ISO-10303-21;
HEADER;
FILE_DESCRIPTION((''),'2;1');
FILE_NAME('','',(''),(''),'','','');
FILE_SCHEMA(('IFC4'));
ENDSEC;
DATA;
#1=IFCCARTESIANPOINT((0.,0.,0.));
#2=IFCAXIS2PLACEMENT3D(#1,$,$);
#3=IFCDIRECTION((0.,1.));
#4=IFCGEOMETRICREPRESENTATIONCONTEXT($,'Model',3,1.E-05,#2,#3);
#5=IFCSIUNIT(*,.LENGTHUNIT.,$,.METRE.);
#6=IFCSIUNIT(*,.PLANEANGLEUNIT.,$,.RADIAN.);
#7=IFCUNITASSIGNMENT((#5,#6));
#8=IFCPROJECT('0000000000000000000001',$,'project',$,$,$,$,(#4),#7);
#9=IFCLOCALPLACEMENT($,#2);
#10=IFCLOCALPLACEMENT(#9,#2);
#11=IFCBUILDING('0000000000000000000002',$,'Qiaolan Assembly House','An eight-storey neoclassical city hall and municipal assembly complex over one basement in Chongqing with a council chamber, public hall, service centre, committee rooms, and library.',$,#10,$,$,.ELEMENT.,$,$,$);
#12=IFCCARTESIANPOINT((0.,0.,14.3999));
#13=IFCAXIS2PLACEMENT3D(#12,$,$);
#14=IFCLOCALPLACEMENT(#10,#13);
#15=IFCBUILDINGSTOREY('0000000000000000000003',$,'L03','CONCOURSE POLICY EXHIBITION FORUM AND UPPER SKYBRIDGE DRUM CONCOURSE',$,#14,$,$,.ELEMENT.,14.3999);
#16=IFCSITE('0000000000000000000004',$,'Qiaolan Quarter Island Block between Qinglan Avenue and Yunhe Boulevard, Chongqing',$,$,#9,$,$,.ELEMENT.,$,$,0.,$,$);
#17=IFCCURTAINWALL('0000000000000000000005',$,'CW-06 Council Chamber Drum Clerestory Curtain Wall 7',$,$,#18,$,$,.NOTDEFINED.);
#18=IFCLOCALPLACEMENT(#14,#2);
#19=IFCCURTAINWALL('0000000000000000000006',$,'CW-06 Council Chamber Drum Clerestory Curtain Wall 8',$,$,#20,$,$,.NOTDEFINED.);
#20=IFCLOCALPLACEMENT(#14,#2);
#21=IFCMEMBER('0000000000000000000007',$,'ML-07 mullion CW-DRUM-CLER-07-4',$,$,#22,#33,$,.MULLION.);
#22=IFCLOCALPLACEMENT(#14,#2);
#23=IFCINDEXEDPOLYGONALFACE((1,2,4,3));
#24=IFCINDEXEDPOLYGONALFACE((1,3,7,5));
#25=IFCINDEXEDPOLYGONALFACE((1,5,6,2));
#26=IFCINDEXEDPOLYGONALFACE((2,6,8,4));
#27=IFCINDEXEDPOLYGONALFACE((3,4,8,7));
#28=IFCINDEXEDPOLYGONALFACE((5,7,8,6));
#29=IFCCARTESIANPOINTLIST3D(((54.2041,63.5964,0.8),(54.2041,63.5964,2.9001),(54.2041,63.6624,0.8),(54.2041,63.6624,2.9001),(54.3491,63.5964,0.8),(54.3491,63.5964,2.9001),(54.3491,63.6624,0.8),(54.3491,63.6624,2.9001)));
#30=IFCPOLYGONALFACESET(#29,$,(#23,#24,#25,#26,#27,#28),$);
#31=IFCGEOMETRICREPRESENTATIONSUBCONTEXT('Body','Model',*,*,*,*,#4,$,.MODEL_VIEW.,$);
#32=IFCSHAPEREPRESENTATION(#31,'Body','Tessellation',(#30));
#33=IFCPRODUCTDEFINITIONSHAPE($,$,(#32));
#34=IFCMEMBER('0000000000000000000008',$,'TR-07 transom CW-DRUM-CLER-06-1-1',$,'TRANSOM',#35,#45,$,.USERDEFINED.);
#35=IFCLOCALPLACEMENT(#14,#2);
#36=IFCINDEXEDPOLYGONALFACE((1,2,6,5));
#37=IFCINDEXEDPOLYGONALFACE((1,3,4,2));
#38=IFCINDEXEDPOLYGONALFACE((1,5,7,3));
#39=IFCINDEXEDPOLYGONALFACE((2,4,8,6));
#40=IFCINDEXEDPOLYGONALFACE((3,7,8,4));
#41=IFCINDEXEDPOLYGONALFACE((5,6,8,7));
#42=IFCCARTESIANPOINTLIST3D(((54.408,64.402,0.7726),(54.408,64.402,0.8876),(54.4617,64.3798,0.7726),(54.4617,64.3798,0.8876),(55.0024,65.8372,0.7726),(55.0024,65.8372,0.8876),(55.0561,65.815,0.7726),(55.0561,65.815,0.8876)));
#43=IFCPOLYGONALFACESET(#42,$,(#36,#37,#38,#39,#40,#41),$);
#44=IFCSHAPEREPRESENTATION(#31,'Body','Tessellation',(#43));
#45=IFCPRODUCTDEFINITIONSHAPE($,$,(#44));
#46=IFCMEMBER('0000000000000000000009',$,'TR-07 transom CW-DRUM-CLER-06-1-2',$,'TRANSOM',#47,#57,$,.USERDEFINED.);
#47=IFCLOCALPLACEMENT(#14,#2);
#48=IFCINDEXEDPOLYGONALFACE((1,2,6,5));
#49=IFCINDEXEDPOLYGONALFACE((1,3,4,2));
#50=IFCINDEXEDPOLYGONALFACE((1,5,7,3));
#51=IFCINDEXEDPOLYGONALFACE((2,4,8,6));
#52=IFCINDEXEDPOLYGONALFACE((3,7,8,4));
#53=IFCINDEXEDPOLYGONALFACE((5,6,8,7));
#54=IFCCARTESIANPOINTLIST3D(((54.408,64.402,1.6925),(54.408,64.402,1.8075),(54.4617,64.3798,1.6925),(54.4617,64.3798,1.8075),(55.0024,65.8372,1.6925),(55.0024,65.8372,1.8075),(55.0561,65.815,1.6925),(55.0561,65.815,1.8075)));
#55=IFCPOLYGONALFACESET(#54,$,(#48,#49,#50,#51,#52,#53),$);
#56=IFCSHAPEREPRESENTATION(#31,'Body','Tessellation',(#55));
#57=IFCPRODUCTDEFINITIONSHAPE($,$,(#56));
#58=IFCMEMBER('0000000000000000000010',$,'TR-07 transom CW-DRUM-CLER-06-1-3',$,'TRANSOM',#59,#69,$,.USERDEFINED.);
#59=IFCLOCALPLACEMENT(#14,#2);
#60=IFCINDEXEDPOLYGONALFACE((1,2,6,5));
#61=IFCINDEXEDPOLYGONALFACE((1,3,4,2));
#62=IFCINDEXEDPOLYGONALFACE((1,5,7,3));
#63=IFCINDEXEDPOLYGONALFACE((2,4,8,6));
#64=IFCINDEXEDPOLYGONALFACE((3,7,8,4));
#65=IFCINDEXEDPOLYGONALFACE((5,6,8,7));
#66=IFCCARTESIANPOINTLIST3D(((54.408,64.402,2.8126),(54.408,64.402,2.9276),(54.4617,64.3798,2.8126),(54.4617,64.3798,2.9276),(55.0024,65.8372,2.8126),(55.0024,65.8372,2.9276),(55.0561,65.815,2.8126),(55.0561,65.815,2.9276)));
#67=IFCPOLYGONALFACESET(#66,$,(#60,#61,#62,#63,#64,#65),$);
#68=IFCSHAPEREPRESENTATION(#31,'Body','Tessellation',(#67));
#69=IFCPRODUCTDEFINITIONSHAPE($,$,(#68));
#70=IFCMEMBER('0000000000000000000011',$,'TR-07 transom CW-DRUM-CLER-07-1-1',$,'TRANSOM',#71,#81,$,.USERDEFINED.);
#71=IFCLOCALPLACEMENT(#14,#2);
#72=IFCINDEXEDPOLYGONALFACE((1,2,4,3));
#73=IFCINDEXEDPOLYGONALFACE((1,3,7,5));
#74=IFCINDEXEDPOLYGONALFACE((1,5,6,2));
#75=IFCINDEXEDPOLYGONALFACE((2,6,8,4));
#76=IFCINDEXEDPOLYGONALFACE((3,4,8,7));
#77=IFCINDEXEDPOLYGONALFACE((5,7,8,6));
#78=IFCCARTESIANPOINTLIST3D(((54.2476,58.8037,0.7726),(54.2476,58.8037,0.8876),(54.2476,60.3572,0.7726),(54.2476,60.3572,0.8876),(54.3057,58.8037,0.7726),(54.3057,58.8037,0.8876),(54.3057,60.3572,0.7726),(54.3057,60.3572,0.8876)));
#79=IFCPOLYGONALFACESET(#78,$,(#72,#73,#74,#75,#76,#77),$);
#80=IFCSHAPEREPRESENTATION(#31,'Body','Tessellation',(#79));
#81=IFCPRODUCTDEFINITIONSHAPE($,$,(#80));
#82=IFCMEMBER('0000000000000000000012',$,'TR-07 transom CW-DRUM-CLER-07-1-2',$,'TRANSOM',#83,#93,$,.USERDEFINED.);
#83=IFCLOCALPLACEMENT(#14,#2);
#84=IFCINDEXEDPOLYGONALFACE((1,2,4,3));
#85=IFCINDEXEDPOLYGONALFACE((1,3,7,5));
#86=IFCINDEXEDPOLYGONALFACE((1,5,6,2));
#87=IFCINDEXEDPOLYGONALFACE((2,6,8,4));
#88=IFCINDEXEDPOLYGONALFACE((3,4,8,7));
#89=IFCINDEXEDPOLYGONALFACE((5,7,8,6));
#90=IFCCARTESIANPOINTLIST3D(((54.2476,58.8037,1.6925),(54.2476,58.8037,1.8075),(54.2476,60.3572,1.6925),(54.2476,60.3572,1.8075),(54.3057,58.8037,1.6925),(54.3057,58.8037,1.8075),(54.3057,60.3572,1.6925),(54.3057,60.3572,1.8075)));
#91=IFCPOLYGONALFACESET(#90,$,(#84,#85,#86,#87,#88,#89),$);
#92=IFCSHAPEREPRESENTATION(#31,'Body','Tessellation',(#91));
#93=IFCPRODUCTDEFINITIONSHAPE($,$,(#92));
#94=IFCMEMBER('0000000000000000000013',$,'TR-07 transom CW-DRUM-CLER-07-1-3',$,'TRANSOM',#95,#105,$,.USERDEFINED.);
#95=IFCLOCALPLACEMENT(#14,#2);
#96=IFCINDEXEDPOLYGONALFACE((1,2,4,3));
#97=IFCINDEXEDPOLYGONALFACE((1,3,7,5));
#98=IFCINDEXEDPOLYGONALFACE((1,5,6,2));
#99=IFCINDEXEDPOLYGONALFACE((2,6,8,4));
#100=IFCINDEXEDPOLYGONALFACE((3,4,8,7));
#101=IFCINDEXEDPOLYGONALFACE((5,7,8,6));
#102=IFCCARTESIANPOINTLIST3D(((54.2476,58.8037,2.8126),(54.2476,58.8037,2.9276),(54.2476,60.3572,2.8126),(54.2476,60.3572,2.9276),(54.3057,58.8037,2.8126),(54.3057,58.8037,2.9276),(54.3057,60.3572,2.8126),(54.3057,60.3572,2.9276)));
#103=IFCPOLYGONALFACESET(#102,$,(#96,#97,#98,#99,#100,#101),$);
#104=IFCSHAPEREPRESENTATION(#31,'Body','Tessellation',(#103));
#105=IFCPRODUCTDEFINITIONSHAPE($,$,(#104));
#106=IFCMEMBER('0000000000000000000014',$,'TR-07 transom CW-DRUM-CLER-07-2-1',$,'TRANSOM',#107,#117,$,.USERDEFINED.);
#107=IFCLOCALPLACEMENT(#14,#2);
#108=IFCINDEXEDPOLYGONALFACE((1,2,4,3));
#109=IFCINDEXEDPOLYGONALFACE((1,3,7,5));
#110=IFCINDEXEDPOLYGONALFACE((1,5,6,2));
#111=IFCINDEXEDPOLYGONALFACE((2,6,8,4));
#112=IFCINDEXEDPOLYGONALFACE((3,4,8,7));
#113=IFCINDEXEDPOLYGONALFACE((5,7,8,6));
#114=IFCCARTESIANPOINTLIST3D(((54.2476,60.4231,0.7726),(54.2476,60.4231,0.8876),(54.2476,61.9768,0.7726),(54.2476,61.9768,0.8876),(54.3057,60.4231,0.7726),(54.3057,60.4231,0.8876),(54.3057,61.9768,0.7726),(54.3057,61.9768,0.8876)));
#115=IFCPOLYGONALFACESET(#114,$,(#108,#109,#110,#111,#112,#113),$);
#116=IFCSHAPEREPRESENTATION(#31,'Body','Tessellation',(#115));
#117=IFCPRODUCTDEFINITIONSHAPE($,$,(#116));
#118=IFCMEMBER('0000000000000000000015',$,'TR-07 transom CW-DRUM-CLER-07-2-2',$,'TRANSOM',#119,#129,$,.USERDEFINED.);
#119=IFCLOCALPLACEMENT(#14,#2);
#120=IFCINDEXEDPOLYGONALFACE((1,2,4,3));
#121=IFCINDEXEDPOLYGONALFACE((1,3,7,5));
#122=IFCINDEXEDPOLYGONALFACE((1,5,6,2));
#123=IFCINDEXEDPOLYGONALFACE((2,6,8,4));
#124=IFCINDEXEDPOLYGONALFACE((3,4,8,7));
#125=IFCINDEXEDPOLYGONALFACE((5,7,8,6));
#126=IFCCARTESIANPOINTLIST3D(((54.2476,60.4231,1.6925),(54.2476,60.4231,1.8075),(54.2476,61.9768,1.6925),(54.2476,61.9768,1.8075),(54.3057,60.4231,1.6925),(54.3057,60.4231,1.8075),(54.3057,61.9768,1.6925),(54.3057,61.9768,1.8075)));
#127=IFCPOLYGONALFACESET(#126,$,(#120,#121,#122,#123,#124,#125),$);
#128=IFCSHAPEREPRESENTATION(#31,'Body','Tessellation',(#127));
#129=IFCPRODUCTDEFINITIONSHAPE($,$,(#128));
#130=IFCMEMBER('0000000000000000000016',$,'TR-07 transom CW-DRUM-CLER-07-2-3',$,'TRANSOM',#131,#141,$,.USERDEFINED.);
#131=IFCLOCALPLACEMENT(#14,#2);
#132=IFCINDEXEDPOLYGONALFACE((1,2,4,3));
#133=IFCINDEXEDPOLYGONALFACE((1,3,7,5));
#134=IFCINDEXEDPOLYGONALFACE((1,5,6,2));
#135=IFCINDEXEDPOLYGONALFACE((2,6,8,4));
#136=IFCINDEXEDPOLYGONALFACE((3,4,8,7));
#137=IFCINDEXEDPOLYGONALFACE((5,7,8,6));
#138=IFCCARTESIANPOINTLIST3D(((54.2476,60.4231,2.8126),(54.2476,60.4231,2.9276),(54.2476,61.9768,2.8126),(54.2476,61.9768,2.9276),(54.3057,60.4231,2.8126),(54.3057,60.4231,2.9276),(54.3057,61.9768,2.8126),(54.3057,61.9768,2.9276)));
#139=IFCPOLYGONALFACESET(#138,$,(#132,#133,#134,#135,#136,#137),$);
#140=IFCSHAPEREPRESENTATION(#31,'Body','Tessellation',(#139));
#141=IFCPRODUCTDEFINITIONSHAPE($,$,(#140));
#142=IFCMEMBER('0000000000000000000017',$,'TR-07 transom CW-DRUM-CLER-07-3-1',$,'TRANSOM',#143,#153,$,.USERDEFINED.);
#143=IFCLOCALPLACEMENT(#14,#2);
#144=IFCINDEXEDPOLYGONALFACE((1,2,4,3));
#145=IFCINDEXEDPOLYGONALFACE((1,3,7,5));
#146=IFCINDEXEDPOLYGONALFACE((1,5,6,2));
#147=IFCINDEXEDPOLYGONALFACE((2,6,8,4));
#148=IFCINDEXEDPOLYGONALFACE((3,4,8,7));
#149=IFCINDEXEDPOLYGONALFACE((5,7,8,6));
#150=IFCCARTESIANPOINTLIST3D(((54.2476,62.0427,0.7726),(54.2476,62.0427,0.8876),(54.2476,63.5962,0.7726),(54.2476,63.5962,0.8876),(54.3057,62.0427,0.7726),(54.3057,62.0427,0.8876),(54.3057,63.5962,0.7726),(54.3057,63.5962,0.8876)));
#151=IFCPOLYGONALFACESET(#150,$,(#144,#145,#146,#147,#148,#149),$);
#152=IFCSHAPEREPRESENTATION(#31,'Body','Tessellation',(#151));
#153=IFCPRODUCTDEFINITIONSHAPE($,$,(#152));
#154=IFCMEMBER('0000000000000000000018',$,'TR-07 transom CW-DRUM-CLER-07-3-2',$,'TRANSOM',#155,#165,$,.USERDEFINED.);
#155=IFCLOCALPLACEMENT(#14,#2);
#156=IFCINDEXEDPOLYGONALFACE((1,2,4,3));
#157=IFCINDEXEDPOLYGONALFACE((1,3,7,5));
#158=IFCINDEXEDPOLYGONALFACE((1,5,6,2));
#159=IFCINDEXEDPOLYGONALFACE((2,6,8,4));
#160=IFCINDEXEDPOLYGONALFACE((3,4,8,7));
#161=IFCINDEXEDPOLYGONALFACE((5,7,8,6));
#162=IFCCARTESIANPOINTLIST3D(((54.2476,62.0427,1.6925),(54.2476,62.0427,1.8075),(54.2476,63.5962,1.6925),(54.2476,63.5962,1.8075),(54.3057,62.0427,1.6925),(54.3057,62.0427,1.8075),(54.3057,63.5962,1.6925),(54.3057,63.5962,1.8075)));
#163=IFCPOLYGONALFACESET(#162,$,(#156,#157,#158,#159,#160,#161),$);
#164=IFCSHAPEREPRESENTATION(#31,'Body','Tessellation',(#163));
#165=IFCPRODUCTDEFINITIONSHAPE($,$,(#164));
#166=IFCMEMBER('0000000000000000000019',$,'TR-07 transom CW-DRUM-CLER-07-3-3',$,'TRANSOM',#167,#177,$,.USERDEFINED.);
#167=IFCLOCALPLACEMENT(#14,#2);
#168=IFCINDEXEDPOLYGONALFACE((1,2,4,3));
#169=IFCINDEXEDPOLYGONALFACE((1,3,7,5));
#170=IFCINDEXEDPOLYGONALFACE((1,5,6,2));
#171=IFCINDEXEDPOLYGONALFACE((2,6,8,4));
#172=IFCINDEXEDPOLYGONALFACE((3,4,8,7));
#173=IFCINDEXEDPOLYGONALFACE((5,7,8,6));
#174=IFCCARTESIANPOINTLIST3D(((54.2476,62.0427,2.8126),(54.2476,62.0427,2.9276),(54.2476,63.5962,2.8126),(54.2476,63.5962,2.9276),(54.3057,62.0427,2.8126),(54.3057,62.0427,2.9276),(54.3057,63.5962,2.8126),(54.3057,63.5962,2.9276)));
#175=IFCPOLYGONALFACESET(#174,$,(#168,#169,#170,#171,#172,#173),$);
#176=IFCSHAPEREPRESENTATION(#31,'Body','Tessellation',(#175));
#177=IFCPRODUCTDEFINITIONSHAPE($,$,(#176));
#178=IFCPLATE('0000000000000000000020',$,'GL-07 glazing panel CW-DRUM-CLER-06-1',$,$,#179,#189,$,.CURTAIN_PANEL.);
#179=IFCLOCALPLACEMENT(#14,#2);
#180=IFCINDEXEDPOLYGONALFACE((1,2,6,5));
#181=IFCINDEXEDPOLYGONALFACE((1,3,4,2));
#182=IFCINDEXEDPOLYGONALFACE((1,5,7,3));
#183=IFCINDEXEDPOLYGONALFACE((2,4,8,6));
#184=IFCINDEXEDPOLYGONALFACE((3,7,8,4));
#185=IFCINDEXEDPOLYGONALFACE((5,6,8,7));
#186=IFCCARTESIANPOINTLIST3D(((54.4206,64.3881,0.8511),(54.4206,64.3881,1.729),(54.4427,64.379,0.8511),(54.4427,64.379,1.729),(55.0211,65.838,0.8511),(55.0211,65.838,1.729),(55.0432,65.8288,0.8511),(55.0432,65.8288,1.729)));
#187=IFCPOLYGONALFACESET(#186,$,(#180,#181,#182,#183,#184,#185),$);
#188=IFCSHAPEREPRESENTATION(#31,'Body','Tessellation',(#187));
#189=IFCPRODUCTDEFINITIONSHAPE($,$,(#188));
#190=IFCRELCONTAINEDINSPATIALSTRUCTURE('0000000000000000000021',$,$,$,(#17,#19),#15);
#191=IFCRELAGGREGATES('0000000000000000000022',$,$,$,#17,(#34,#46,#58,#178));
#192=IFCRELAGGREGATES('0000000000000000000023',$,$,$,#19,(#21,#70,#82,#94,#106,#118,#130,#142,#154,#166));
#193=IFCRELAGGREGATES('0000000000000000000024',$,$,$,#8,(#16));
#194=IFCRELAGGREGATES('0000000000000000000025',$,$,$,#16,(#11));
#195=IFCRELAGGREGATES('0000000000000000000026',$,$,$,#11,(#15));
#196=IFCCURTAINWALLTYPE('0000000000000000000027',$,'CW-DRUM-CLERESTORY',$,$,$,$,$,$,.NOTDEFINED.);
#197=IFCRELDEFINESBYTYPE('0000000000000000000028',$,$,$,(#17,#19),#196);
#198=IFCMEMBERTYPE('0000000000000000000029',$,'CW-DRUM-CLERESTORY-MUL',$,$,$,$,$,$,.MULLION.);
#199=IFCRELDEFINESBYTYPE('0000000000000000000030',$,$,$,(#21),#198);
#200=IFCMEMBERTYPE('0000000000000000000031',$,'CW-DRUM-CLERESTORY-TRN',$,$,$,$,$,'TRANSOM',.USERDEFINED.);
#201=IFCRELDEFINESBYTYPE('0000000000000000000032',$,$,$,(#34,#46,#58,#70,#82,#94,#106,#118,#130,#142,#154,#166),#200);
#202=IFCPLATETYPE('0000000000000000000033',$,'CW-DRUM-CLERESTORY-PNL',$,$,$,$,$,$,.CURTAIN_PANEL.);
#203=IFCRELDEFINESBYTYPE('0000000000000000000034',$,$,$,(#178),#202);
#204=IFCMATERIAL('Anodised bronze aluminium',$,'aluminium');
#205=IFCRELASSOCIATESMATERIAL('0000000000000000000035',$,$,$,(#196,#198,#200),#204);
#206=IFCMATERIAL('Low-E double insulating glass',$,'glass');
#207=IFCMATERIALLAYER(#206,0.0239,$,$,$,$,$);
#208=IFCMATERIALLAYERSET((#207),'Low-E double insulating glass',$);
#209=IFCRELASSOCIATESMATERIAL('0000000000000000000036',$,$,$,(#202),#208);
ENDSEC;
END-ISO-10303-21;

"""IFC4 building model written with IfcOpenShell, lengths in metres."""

from ifc_helpers import new_model, si_unit, direction, frame, frame_2d, origin, origin_2d, place, context, subcontext, project, spatial, rectangle, extrude, material, layer, layer_set, material_profile, profile_set, type_object, element, aggregate, save


model = new_model("IFC4")

# Units and contexts
model_context = context("Model", 3, precision=1e-05, world=origin(), true_north=direction((0.0, 1.0)))
body_context = subcontext(model_context, "Body", "Model", "MODEL_VIEW")
ifc_project = project(units=[si_unit("LENGTHUNIT", "METRE"), si_unit("PLANEANGLEUNIT", "RADIAN")], contexts=[model_context])

# Site, building, storey
site_placement = place(None, origin())
site = spatial("IfcSite", under=ifc_project, at=site_placement, Name="Qiaolan Quarter Island Block between Qinglan Avenue and Yunhe Boulevard, Chongqing", CompositionType="ELEMENT", RefElevation=0.0)
building_placement = place(site_placement, origin())
building = spatial("IfcBuilding", under=site, at=building_placement, Name="Qiaolan Assembly House", Description="An eight-storey neoclassical city hall and municipal assembly complex over one basement in Chongqing with a council chamber, public hall, service centre, committee rooms, and library.", CompositionType="ELEMENT")
storey_placement = place(building_placement, frame((0.0, 0.0, 14.3999)))
storey = spatial("IfcBuildingStorey", under=building, at=storey_placement, Name="L03", Description="CONCOURSE POLICY EXHIBITION FORUM AND UPPER SKYBRIDGE DRUM CONCOURSE", CompositionType="ELEMENT", Elevation=14.3999)

# Curtain wall
ifc_material_1 = material(Name="Anodised bronze aluminium", Category="aluminium")
curtain_wall_type = type_object("IfcCurtainWallType", Name="CW-DRUM-CLERESTORY", PredefinedType="NOTDEFINED", material=ifc_material_1)
curtain_wall_1_placement = place(storey_placement, origin())
curtain_wall_1 = element("IfcCurtainWall", 1, at=curtain_wall_1_placement, inside=storey, type_object=curtain_wall_type, Name="CW-06 Council Chamber Drum Clerestory Curtain Wall 7", PredefinedType="NOTDEFINED")
ifc_material_profile_1 = material_profile(ifc_material_1, rectangle(XDim=0.0659, YDim=0.145, at=origin_2d()), Name="MUL 66x145")
ifc_profile_set_1 = profile_set([ifc_material_profile_1], Name="Anodised bronze aluminium")
member_type_1 = type_object("IfcMemberType", Name="CW-DRUM-CLERESTORY-MUL", PredefinedType="MULLION", material=ifc_profile_set_1)

# Curtain wall, member
curtain_wall_2_placement = place(storey_placement, origin())
curtain_wall_2 = element("IfcCurtainWall", 2, at=curtain_wall_2_placement, inside=storey, type_object=curtain_wall_type, Name="CW-06 Council Chamber Drum Clerestory Curtain Wall 8", PredefinedType="NOTDEFINED")
member_1_placement = place(storey_placement, frame((54.2766, 63.6294, 0.8), z_axis=(0.0, 0.0, 1.0), x_axis=(0.0, 1.0, 0.0)))
member_1 = element("IfcMember", 3, at=member_1_placement, type_object=member_type_1, Name="ML-07 mullion CW-DRUM-CLER-07-4", PredefinedType="MULLION", context=body_context, shape_type="SweptSolid", body=[
    extrude(rectangle(XDim=0.0659, YDim=0.145, at=origin_2d()), origin(), (0.0, 0.0, 1.0), 2.1001),
])

# Members
ifc_material_profile_2 = material_profile(ifc_material_1, rectangle(XDim=0.0581, YDim=0.115, at=origin_2d()), Name="TRN 58x115")
ifc_profile_set_2 = profile_set([ifc_material_profile_2], Name="Anodised bronze aluminium")
member_type_2 = type_object("IfcMemberType", Name="CW-DRUM-CLERESTORY-TRN", ElementType="TRANSOM", PredefinedType="USERDEFINED", material=ifc_profile_set_2)
member_2_placement = place(storey_placement, frame((54.4348, 64.3909, 0.8301), z_axis=(0.382662, 0.923889, 0.0), x_axis=(-0.923889, 0.382662, 0.0)))
member_2 = element("IfcMember", 4, at=member_2_placement, type_object=member_type_2, Name="TR-07 transom CW-DRUM-CLER-06-1-1", ObjectType="TRANSOM", PredefinedType="USERDEFINED", context=body_context, shape_type="SweptSolid", body=[
    extrude(rectangle(XDim=0.0581, YDim=0.115, at=origin_2d()), origin(), (0.0, 0.0, 1.0), 1.5535),
])
member_3_placement = place(storey_placement, frame((54.4348, 64.3909, 1.75), z_axis=(0.382662, 0.923889, 0.0), x_axis=(-0.923889, 0.382662, 0.0)))
member_3 = element("IfcMember", 5, at=member_3_placement, type_object=member_type_2, Name="TR-07 transom CW-DRUM-CLER-06-1-2", ObjectType="TRANSOM", PredefinedType="USERDEFINED", context=body_context, shape_type="SweptSolid", body=[
    extrude(rectangle(XDim=0.0581, YDim=0.115, at=origin_2d()), origin(), (0.0, 0.0, 1.0), 1.5535),
])
member_4_placement = place(storey_placement, frame((54.4348, 64.3909, 2.8701), z_axis=(0.382662, 0.923889, 0.0), x_axis=(-0.923889, 0.382662, 0.0)))
member_4 = element("IfcMember", 6, at=member_4_placement, type_object=member_type_2, Name="TR-07 transom CW-DRUM-CLER-06-1-3", ObjectType="TRANSOM", PredefinedType="USERDEFINED", context=body_context, shape_type="SweptSolid", body=[
    extrude(rectangle(XDim=0.0581, YDim=0.115, at=origin_2d()), origin(), (0.0, 0.0, 1.0), 1.5535),
])
member_5_placement = place(storey_placement, frame((54.2766, 58.8037, 0.8301), z_axis=(0.0, 1.0, 0.0), x_axis=(-1.0, 0.0, 0.0)))
member_5 = element("IfcMember", 7, at=member_5_placement, type_object=member_type_2, Name="TR-07 transom CW-DRUM-CLER-07-1-1", ObjectType="TRANSOM", PredefinedType="USERDEFINED", context=body_context, shape_type="SweptSolid", body=[
    extrude(rectangle(XDim=0.0581, YDim=0.115, at=origin_2d()), origin(), (0.0, 0.0, 1.0), 1.5535),
])
member_6_placement = place(storey_placement, frame((54.2766, 58.8037, 1.75), z_axis=(0.0, 1.0, 0.0), x_axis=(-1.0, 0.0, 0.0)))
member_6 = element("IfcMember", 8, at=member_6_placement, type_object=member_type_2, Name="TR-07 transom CW-DRUM-CLER-07-1-2", ObjectType="TRANSOM", PredefinedType="USERDEFINED", context=body_context, shape_type="SweptSolid", body=[
    extrude(rectangle(XDim=0.0581, YDim=0.115, at=origin_2d()), origin(), (0.0, 0.0, 1.0), 1.5535),
])
member_7_placement = place(storey_placement, frame((54.2766, 58.8037, 2.8701), z_axis=(0.0, 1.0, 0.0), x_axis=(-1.0, 0.0, 0.0)))
member_7 = element("IfcMember", 9, at=member_7_placement, type_object=member_type_2, Name="TR-07 transom CW-DRUM-CLER-07-1-3", ObjectType="TRANSOM", PredefinedType="USERDEFINED", context=body_context, shape_type="SweptSolid", body=[
    extrude(rectangle(XDim=0.0581, YDim=0.115, at=origin_2d()), origin(), (0.0, 0.0, 1.0), 1.5535),
])
member_8_placement = place(storey_placement, frame((54.2766, 60.4231, 0.8301), z_axis=(0.0, 1.0, 0.0), x_axis=(-1.0, 0.0, 0.0)))
member_8 = element("IfcMember", 10, at=member_8_placement, type_object=member_type_2, Name="TR-07 transom CW-DRUM-CLER-07-2-1", ObjectType="TRANSOM", PredefinedType="USERDEFINED", context=body_context, shape_type="SweptSolid", body=[
    extrude(rectangle(XDim=0.0581, YDim=0.115, at=origin_2d()), origin(), (0.0, 0.0, 1.0), 1.5537),
])
member_9_placement = place(storey_placement, frame((54.2766, 60.4231, 1.75), z_axis=(0.0, 1.0, 0.0), x_axis=(-1.0, 0.0, 0.0)))
member_9 = element("IfcMember", 11, at=member_9_placement, type_object=member_type_2, Name="TR-07 transom CW-DRUM-CLER-07-2-2", ObjectType="TRANSOM", PredefinedType="USERDEFINED", context=body_context, shape_type="SweptSolid", body=[
    extrude(rectangle(XDim=0.0581, YDim=0.115, at=origin_2d()), origin(), (0.0, 0.0, 1.0), 1.5537),
])
member_10_placement = place(storey_placement, frame((54.2766, 60.4231, 2.8701), z_axis=(0.0, 1.0, 0.0), x_axis=(-1.0, 0.0, 0.0)))
member_10 = element("IfcMember", 12, at=member_10_placement, type_object=member_type_2, Name="TR-07 transom CW-DRUM-CLER-07-2-3", ObjectType="TRANSOM", PredefinedType="USERDEFINED", context=body_context, shape_type="SweptSolid", body=[
    extrude(rectangle(XDim=0.0581, YDim=0.115, at=origin_2d()), origin(), (0.0, 0.0, 1.0), 1.5537),
])
member_11_placement = place(storey_placement, frame((54.2766, 62.0427, 0.8301), z_axis=(0.0, 1.0, 0.0), x_axis=(-1.0, 0.0, 0.0)))
member_11 = element("IfcMember", 13, at=member_11_placement, type_object=member_type_2, Name="TR-07 transom CW-DRUM-CLER-07-3-1", ObjectType="TRANSOM", PredefinedType="USERDEFINED", context=body_context, shape_type="SweptSolid", body=[
    extrude(rectangle(XDim=0.0581, YDim=0.115, at=origin_2d()), origin(), (0.0, 0.0, 1.0), 1.5535),
])
member_12_placement = place(storey_placement, frame((54.2766, 62.0427, 1.75), z_axis=(0.0, 1.0, 0.0), x_axis=(-1.0, 0.0, 0.0)))
member_12 = element("IfcMember", 14, at=member_12_placement, type_object=member_type_2, Name="TR-07 transom CW-DRUM-CLER-07-3-2", ObjectType="TRANSOM", PredefinedType="USERDEFINED", context=body_context, shape_type="SweptSolid", body=[
    extrude(rectangle(XDim=0.0581, YDim=0.115, at=origin_2d()), origin(), (0.0, 0.0, 1.0), 1.5535),
])
member_13_placement = place(storey_placement, frame((54.2766, 62.0427, 2.8701), z_axis=(0.0, 1.0, 0.0), x_axis=(-1.0, 0.0, 0.0)))
member_13 = element("IfcMember", 15, at=member_13_placement, type_object=member_type_2, Name="TR-07 transom CW-DRUM-CLER-07-3-3", ObjectType="TRANSOM", PredefinedType="USERDEFINED", context=body_context, shape_type="SweptSolid", body=[
    extrude(rectangle(XDim=0.0581, YDim=0.115, at=origin_2d()), origin(), (0.0, 0.0, 1.0), 1.5535),
])

# Plate
ifc_material_2 = material(Name="Low-E double insulating glass", Category="glass")
ifc_layer_1 = layer(ifc_material_2, 0.0239)
ifc_layer_set_1 = layer_set([ifc_layer_1], Name="Low-E double insulating glass")
plate_type_1 = type_object("IfcPlateType", Name="CW-DRUM-CLERESTORY-PNL", PredefinedType="CURTAIN_PANEL", material=ifc_layer_set_1)
plate_1_placement = place(storey_placement, frame((54.4316, 64.3835, 0.8511), z_axis=(0.0, 0.0, 1.0), x_axis=(0.382682, 0.92388, 0.0)))
plate_1 = element("IfcPlate", 16, at=plate_1_placement, type_object=plate_type_1, Name="GL-07 glazing panel CW-DRUM-CLER-06-1", PredefinedType="CURTAIN_PANEL", context=body_context, shape_type="SweptSolid", body=[
    extrude(rectangle(XDim=1.5693, YDim=0.0239, at=frame_2d((0.7847, 0.0))), origin(), (0.0, 0.0, 1.0), 0.8779),
])
aggregate(curtain_wall_1, [member_2, member_3, member_4, plate_1])
aggregate(curtain_wall_2, [member_1, member_5, member_6, member_7, member_8, member_9, member_10, member_11, member_12, member_13])

save(model, "model.ifc")
